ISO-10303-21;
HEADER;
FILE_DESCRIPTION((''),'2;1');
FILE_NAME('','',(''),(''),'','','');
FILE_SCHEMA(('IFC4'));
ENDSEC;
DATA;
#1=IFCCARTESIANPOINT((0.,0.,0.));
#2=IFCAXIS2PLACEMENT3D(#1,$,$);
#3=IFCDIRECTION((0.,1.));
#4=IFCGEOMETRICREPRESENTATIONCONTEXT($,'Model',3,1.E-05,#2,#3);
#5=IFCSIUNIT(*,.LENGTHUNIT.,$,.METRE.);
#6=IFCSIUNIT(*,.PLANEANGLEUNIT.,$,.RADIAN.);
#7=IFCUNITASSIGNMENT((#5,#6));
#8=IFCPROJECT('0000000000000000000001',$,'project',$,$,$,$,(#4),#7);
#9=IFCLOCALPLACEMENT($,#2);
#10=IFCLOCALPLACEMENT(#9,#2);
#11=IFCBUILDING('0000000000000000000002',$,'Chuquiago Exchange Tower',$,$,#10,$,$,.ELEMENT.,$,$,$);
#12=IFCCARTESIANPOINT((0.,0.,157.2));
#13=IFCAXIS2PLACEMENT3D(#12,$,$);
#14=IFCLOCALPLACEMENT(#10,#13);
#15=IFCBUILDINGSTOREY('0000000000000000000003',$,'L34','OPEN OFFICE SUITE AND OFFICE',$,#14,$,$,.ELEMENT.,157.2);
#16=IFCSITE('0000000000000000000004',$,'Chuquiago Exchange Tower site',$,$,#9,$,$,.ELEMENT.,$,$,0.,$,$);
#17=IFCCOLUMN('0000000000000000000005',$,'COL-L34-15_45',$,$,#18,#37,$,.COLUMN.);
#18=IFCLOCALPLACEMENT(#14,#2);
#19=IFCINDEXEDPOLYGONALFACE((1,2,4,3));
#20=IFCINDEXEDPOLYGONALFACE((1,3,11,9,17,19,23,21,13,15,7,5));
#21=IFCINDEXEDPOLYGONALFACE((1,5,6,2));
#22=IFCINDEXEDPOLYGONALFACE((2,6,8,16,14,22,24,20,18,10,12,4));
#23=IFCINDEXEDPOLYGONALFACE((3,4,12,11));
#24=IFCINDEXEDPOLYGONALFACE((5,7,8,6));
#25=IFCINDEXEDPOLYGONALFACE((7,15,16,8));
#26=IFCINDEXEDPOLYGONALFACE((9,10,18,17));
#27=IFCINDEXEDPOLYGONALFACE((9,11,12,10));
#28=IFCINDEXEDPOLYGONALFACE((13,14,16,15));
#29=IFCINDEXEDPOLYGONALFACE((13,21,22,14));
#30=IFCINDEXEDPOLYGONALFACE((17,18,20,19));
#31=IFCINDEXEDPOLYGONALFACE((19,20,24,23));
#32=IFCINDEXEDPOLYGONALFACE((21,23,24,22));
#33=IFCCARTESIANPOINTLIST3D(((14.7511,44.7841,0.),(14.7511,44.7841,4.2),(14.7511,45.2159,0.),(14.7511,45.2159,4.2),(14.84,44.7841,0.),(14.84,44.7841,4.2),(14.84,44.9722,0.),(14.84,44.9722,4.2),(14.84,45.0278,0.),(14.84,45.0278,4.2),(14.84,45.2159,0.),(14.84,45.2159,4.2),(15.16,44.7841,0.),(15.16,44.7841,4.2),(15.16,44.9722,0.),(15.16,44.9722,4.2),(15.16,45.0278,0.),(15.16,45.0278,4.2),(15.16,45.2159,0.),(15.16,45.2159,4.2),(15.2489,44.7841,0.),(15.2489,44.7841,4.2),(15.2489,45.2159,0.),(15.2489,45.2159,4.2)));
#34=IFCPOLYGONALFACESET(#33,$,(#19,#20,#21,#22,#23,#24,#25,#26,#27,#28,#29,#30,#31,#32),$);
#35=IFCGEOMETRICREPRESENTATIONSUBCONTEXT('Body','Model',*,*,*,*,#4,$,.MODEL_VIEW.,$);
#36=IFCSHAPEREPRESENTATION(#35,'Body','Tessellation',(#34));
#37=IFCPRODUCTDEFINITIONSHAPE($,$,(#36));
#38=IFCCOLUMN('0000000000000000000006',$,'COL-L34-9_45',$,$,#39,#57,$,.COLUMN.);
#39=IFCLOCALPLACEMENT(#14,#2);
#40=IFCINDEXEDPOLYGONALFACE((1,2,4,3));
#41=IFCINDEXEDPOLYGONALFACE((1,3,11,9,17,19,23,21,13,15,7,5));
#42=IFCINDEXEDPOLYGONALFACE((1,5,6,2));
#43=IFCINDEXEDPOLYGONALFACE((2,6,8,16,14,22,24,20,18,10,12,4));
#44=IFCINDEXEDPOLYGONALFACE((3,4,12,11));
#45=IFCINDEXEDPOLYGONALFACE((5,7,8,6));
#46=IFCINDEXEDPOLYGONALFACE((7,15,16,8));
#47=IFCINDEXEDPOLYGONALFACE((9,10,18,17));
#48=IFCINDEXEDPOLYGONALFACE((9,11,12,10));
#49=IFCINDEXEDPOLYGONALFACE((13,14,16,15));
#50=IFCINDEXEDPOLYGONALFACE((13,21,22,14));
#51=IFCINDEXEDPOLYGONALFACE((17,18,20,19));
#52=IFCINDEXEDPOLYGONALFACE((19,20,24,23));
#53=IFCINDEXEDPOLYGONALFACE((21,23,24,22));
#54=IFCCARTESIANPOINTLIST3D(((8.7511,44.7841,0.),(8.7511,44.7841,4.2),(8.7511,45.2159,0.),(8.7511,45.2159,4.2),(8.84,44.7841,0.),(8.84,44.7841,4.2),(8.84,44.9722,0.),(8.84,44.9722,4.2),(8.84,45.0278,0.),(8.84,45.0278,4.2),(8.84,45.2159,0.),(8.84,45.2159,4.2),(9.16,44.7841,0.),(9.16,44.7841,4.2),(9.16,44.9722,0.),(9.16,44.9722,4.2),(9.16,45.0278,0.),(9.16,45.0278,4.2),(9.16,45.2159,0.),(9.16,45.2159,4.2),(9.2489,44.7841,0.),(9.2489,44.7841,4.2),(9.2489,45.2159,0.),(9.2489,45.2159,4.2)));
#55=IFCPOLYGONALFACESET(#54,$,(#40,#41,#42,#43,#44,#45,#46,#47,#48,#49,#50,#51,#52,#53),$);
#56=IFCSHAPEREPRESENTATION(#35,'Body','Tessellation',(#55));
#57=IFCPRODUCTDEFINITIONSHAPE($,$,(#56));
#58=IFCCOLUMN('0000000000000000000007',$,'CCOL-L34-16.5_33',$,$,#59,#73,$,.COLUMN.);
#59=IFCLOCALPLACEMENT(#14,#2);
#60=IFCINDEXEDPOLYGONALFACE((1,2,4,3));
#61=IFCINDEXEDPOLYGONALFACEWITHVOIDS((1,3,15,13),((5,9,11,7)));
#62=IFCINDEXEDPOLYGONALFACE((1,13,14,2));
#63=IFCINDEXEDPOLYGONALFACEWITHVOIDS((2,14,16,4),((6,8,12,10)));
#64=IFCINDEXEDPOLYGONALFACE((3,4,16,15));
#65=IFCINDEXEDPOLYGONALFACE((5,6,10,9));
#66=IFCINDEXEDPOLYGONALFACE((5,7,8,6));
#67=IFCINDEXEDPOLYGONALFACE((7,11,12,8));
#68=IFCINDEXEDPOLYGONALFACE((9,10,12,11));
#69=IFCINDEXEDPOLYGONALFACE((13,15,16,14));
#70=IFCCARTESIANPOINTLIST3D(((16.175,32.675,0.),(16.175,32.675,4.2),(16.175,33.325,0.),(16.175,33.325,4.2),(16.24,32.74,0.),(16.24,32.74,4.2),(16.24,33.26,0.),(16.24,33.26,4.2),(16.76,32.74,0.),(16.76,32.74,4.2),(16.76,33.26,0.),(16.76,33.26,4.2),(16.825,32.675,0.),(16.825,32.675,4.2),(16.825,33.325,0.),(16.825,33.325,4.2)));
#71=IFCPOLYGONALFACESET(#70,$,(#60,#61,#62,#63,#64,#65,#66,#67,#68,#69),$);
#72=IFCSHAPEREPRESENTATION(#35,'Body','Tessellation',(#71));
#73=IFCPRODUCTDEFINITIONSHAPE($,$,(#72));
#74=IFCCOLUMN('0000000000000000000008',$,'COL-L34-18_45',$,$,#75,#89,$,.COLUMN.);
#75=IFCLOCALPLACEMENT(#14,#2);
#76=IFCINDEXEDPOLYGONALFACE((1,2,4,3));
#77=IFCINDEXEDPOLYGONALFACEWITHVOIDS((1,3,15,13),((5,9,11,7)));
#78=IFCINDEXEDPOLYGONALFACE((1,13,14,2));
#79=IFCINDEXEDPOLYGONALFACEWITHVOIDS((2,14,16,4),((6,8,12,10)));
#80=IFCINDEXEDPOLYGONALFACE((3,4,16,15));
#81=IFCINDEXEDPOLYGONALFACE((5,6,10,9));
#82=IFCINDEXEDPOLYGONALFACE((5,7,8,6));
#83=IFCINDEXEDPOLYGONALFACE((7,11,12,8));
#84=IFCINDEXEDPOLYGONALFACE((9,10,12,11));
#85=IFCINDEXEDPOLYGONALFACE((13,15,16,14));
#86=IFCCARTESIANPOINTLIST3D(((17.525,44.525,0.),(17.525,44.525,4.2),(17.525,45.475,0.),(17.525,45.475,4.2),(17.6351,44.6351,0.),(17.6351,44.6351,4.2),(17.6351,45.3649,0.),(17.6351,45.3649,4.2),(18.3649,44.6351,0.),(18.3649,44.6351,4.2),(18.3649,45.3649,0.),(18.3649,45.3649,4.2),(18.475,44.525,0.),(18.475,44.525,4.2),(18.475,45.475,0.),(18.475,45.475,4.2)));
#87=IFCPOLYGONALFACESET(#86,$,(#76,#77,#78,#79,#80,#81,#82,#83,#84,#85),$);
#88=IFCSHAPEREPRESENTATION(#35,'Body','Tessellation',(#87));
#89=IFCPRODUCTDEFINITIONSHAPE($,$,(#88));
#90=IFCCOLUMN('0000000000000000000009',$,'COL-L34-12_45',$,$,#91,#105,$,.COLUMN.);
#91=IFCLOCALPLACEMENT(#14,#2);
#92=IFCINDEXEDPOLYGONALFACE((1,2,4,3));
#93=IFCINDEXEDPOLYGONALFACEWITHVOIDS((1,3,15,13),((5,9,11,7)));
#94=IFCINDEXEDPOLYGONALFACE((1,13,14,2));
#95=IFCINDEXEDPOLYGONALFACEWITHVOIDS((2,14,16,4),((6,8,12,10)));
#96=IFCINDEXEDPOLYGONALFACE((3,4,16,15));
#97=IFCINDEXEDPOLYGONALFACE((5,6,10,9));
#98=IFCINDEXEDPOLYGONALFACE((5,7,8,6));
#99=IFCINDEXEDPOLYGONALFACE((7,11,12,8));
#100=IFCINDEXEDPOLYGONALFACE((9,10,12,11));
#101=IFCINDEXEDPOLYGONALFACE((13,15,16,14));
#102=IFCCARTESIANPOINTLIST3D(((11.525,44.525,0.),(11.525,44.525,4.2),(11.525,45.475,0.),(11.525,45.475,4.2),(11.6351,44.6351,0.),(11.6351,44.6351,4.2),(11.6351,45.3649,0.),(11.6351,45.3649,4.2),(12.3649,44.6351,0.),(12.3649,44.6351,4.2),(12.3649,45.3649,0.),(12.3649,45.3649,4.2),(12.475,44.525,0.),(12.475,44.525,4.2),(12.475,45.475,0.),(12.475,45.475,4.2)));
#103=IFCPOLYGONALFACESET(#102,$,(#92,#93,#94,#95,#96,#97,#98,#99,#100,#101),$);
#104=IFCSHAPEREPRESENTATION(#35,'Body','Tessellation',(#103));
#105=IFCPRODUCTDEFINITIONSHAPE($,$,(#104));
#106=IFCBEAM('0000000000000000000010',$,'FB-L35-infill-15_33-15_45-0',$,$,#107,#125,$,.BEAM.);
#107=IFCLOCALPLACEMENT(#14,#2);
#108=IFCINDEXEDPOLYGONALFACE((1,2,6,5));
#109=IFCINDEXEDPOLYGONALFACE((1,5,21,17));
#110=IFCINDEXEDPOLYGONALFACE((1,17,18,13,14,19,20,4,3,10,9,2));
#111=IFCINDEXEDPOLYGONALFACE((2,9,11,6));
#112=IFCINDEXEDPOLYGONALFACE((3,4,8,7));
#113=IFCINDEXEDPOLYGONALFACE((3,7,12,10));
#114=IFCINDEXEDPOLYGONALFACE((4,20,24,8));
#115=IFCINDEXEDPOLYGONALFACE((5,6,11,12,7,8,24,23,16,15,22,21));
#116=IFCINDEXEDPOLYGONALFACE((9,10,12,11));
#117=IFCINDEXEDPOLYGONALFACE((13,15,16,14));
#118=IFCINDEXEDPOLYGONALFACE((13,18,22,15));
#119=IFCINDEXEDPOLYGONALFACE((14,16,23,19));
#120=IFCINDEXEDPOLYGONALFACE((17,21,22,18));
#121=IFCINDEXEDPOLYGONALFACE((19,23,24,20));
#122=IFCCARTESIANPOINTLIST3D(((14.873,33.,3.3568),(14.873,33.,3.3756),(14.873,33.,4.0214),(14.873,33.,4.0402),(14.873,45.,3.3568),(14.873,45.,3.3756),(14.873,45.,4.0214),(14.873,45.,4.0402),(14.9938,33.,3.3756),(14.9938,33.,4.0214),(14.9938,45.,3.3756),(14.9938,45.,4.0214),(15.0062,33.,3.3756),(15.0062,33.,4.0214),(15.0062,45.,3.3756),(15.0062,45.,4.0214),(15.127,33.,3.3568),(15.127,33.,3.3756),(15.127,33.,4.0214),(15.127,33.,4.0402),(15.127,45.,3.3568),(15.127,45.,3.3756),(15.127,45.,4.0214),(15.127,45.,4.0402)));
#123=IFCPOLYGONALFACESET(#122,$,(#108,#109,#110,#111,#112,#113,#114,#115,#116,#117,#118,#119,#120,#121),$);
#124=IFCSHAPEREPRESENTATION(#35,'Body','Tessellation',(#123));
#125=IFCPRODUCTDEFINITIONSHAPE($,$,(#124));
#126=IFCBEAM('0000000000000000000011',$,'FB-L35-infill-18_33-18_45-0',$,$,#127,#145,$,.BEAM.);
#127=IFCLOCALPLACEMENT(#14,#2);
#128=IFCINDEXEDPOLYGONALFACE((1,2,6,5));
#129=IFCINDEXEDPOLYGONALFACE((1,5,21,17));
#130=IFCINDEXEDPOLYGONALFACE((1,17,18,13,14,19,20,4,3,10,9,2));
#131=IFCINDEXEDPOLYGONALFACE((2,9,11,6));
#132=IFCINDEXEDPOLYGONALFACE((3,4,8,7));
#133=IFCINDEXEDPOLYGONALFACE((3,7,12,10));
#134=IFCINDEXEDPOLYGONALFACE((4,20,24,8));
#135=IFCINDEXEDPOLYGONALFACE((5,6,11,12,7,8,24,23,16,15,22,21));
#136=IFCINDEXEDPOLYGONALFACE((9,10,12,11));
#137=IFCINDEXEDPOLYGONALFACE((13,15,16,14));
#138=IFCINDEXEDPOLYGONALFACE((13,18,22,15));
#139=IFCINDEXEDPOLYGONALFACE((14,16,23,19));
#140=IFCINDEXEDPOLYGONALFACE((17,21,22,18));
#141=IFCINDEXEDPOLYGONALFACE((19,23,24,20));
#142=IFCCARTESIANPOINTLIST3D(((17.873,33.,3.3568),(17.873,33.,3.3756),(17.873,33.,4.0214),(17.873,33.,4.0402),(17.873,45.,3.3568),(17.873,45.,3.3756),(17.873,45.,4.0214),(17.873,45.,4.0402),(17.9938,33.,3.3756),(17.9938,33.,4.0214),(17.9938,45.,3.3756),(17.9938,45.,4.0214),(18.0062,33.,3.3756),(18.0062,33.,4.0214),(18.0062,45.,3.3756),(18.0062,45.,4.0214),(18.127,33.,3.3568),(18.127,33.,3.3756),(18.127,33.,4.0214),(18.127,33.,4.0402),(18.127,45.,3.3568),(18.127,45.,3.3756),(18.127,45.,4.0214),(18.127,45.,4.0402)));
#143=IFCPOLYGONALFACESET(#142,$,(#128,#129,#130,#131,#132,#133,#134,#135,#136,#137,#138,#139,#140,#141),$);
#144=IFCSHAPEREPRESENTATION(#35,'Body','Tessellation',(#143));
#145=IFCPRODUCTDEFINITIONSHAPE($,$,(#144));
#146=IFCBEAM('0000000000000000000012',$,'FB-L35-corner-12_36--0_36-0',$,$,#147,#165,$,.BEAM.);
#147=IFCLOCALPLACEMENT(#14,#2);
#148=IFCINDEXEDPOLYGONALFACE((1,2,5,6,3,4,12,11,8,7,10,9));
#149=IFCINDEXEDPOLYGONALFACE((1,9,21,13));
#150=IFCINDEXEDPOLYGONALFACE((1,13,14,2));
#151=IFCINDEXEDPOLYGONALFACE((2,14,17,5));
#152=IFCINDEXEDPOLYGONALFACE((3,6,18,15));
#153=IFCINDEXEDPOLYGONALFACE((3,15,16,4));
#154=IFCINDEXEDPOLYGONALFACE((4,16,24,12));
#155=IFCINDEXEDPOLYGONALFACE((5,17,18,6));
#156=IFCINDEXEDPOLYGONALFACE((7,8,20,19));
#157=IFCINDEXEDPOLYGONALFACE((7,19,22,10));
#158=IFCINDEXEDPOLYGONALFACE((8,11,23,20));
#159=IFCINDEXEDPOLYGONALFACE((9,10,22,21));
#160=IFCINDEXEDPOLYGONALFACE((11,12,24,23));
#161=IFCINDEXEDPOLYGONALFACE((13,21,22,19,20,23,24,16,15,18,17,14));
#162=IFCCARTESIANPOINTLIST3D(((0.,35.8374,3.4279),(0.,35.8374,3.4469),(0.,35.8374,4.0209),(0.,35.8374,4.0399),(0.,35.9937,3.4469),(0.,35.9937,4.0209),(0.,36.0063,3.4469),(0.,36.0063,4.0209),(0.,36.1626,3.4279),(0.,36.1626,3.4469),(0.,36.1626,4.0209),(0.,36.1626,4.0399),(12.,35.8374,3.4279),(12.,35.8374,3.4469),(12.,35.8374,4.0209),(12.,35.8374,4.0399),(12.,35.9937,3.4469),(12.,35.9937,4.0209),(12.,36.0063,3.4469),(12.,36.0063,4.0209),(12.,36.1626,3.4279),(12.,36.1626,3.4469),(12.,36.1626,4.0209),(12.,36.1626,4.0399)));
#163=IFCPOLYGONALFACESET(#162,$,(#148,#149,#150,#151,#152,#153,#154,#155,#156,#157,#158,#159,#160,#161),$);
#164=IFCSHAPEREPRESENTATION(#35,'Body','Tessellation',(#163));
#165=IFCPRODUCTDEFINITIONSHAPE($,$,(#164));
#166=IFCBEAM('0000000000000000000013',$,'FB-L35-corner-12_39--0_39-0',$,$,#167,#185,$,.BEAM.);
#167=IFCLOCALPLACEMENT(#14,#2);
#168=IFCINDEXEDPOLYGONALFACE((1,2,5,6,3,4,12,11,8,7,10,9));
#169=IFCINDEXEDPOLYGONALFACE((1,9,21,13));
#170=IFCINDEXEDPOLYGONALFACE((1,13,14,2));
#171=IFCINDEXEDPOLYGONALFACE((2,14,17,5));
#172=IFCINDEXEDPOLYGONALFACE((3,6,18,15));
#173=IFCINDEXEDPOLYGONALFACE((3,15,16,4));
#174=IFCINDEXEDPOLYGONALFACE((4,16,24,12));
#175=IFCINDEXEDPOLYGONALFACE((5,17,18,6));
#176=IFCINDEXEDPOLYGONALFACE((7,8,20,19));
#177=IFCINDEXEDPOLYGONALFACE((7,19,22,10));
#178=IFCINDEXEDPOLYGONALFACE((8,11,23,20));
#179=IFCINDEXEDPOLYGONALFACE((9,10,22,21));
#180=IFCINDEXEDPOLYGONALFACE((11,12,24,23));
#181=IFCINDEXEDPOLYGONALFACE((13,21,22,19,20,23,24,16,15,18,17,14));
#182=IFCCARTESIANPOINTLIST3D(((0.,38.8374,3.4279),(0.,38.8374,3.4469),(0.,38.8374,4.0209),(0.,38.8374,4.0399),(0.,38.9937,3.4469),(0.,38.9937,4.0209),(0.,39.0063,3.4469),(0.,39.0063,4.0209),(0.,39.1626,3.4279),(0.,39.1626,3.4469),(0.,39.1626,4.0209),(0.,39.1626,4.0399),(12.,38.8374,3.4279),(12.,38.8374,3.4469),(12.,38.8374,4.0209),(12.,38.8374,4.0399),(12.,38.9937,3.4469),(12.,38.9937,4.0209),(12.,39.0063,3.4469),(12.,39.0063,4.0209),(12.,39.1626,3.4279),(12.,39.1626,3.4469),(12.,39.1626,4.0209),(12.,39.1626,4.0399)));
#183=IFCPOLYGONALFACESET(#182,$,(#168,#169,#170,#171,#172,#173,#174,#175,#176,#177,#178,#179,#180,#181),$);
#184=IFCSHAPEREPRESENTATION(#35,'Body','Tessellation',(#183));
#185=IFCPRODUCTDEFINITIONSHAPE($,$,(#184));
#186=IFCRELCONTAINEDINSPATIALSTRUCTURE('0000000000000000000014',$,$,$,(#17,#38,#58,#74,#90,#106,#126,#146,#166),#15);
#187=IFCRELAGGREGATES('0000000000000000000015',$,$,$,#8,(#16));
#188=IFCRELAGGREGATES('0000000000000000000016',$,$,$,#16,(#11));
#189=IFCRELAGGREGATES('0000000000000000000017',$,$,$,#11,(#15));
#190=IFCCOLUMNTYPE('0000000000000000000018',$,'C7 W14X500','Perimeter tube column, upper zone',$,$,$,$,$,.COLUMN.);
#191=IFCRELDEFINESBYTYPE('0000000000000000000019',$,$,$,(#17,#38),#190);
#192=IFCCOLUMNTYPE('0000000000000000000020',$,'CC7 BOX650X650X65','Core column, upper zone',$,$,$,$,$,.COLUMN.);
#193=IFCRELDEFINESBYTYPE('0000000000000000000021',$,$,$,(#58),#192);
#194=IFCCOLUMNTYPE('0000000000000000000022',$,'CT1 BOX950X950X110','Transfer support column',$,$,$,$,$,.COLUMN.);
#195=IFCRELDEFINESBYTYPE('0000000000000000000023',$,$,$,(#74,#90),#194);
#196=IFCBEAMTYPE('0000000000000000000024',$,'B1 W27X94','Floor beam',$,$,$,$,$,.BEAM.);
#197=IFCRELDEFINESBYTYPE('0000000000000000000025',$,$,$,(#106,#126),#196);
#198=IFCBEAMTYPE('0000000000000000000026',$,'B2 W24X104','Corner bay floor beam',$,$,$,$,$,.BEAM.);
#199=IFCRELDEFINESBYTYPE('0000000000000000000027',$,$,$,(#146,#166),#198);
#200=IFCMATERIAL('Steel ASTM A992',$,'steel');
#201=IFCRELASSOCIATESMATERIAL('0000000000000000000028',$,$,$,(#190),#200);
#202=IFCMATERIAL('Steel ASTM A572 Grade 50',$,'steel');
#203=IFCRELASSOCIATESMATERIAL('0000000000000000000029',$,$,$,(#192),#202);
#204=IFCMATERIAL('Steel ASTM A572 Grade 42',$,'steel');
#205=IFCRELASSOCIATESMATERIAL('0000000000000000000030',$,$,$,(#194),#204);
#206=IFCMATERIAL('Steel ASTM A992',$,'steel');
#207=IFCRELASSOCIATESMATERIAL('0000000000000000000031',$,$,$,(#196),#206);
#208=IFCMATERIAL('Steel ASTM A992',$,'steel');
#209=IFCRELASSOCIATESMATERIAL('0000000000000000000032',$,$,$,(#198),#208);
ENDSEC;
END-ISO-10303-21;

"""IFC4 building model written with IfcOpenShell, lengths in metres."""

from ifc_helpers import new_model, si_unit, direction, frame, origin, origin_2d, place, context, subcontext, project, spatial, hollow_rectangle, i_section, extrude, material, material_profile, profile_set, type_object, element, save


model = new_model("IFC4")

# Units and contexts
model_context = context("Model", 3, precision=1e-05, world=origin(), true_north=direction((0.0, 1.0)))
body_context = subcontext(model_context, "Body", "Model", "MODEL_VIEW")
ifc_project = project(units=[si_unit("LENGTHUNIT", "METRE"), si_unit("PLANEANGLEUNIT", "RADIAN")], contexts=[model_context])

# Site, building, storey
site_placement = place(None, origin())
site = spatial("IfcSite", under=ifc_project, at=site_placement, Name="Chuquiago Exchange Tower site", CompositionType="ELEMENT", RefElevation=0.0)
building_placement = place(site_placement, origin())
building = spatial("IfcBuilding", under=site, at=building_placement, Name="Chuquiago Exchange Tower", CompositionType="ELEMENT")
storey_placement = place(building_placement, frame((0.0, 0.0, 157.2)))
storey = spatial("IfcBuildingStorey", under=building, at=storey_placement, Name="L34", Description="OPEN OFFICE SUITE AND OFFICE", CompositionType="ELEMENT", Elevation=157.2)

# Columns
ifc_material_1 = material(Name="Steel ASTM A992", Category="steel")
ifc_material_profile_1 = material_profile(ifc_material_1, i_section(OverallWidth=0.4319, OverallDepth=0.4978, WebThickness=0.0557, FlangeThickness=0.0889, at=origin_2d()), Name="W14X500")
ifc_profile_set_1 = profile_set([ifc_material_profile_1], Name="Steel ASTM A992")
column_type_1 = type_object("IfcColumnType", Name="C7 W14X500", Description="Perimeter tube column, upper zone", PredefinedType="COLUMN", material=ifc_profile_set_1)
for number, where, z_axis, x_axis, name in (
    (1, (15.0, 45.0, 0.0), (0.0, 0.0, 1.0), (0.0, 1.0, 0.0), "COL-L34-15_45"),
    (2, (9.0, 45.0, 0.0), (0.0, 0.0, 1.0), (0.0, 1.0, 0.0), "COL-L34-9_45"),
):
    element("IfcColumn", number, at=place(storey_placement, frame(where, z_axis=z_axis, x_axis=x_axis)), inside=storey, type_object=column_type_1, Name=name, PredefinedType="COLUMN", context=body_context, shape_type="SweptSolid", body=[
        extrude(i_section(OverallWidth=0.4319, OverallDepth=0.4978, WebThickness=0.0557, FlangeThickness=0.0889, at=origin_2d()), origin(), (0.0, 0.0, 1.0), 4.2),
    ])
ifc_material_2 = material(Name="Steel ASTM A572 Grade 50", Category="steel")
ifc_material_profile_2 = material_profile(ifc_material_2, hollow_rectangle(XDim=0.6499, YDim=0.6499, WallThickness=0.0649, at=origin_2d()), Name="BOX650X650X65")
ifc_profile_set_2 = profile_set([ifc_material_profile_2], Name="Steel ASTM A572 Grade 50")
column_type_2 = type_object("IfcColumnType", Name="CC7 BOX650X650X65", Description="Core column, upper zone", PredefinedType="COLUMN", material=ifc_profile_set_2)
column_placement = place(storey_placement, frame((16.5, 33.0, 0.0), z_axis=(0.0, 0.0, 1.0), x_axis=(1.0, 0.0, 0.0)))
element("IfcColumn", 3, at=column_placement, inside=storey, type_object=column_type_2, Name="CCOL-L34-16.5_33", PredefinedType="COLUMN", context=body_context, shape_type="SweptSolid", body=[
    extrude(hollow_rectangle(XDim=0.6499, YDim=0.6499, WallThickness=0.0649, at=origin_2d()), origin(), (0.0, 0.0, 1.0), 4.2),
])
ifc_material_3 = material(Name="Steel ASTM A572 Grade 42", Category="steel")
ifc_material_profile_3 = material_profile(ifc_material_3, hollow_rectangle(XDim=0.95, YDim=0.95, WallThickness=0.1101, at=origin_2d()), Name="BOX950X950X110")
ifc_profile_set_3 = profile_set([ifc_material_profile_3], Name="Steel ASTM A572 Grade 42")
column_type_3 = type_object("IfcColumnType", Name="CT1 BOX950X950X110", Description="Transfer support column", PredefinedType="COLUMN", material=ifc_profile_set_3)
for number, where, z_axis, x_axis, name in (
    (4, (18.0, 45.0, 0.0), (0.0, 0.0, 1.0), (0.0, 1.0, 0.0), "COL-L34-18_45"),
    (5, (12.0, 45.0, 0.0), (0.0, 0.0, 1.0), (0.0, 1.0, 0.0), "COL-L34-12_45"),
):
    element("IfcColumn", number, at=place(storey_placement, frame(where, z_axis=z_axis, x_axis=x_axis)), inside=storey, type_object=column_type_3, Name=name, PredefinedType="COLUMN", context=body_context, shape_type="SweptSolid", body=[
        extrude(hollow_rectangle(XDim=0.95, YDim=0.95, WallThickness=0.1101, at=origin_2d()), origin(), (0.0, 0.0, 1.0), 4.2),
    ])

# Beams
ifc_material_4 = material(Name="Steel ASTM A992", Category="steel")
ifc_material_profile_4 = material_profile(ifc_material_4, i_section(OverallWidth=0.2539, OverallDepth=0.6833, WebThickness=0.0125, FlangeThickness=0.0188, at=origin_2d()), Name="W27X94")
ifc_profile_set_4 = profile_set([ifc_material_profile_4], Name="Steel ASTM A992")
beam_type_1 = type_object("IfcBeamType", Name="B1 W27X94", Description="Floor beam", PredefinedType="BEAM", material=ifc_profile_set_4)
for number, where, z_axis, x_axis, name in (
    (6, (15.0, 33.0, 3.6985), (0.0, 1.0, 0.0), (-1.0, 0.0, 0.0), "FB-L35-infill-15_33-15_45-0"),
    (7, (18.0, 33.0, 3.6985), (0.0, 1.0, 0.0), (-1.0, 0.0, 0.0), "FB-L35-infill-18_33-18_45-0"),
):
    element("IfcBeam", number, at=place(storey_placement, frame(where, z_axis=z_axis, x_axis=x_axis)), inside=storey, type_object=beam_type_1, Name=name, PredefinedType="BEAM", context=body_context, shape_type="SweptSolid", body=[
        extrude(i_section(OverallWidth=0.2539, OverallDepth=0.6833, WebThickness=0.0125, FlangeThickness=0.0188, at=origin_2d()), origin(), (0.0, 0.0, 1.0), 12.0),
    ])
ifc_material_5 = material(Name="Steel ASTM A992", Category="steel")
ifc_material_profile_5 = material_profile(ifc_material_5, i_section(OverallWidth=0.3252, OverallDepth=0.6121, WebThickness=0.0127, FlangeThickness=0.019, at=origin_2d()), Name="W24X104")
ifc_profile_set_5 = profile_set([ifc_material_profile_5], Name="Steel ASTM A992")
beam_type_2 = type_object("IfcBeamType", Name="B2 W24X104", Description="Corner bay floor beam", PredefinedType="BEAM", material=ifc_profile_set_5)
for number, where, z_axis, x_axis, name in (
    (8, (12.0, 36.0, 3.7339), (-1.0, 0.0, 0.0), (0.0, -1.0, 0.0), "FB-L35-corner-12_36--0_36-0"),
    (9, (12.0, 39.0, 3.7339), (-1.0, 0.0, 0.0), (0.0, -1.0, 0.0), "FB-L35-corner-12_39--0_39-0"),
):
    element("IfcBeam", number, at=place(storey_placement, frame(where, z_axis=z_axis, x_axis=x_axis)), inside=storey, type_object=beam_type_2, Name=name, PredefinedType="BEAM", context=body_context, shape_type="SweptSolid", body=[
        extrude(i_section(OverallWidth=0.3252, OverallDepth=0.6121, WebThickness=0.0127, FlangeThickness=0.019, at=origin_2d()), origin(), (0.0, 0.0, 1.0), 12.0),
    ])

save(model, "model.ifc")
